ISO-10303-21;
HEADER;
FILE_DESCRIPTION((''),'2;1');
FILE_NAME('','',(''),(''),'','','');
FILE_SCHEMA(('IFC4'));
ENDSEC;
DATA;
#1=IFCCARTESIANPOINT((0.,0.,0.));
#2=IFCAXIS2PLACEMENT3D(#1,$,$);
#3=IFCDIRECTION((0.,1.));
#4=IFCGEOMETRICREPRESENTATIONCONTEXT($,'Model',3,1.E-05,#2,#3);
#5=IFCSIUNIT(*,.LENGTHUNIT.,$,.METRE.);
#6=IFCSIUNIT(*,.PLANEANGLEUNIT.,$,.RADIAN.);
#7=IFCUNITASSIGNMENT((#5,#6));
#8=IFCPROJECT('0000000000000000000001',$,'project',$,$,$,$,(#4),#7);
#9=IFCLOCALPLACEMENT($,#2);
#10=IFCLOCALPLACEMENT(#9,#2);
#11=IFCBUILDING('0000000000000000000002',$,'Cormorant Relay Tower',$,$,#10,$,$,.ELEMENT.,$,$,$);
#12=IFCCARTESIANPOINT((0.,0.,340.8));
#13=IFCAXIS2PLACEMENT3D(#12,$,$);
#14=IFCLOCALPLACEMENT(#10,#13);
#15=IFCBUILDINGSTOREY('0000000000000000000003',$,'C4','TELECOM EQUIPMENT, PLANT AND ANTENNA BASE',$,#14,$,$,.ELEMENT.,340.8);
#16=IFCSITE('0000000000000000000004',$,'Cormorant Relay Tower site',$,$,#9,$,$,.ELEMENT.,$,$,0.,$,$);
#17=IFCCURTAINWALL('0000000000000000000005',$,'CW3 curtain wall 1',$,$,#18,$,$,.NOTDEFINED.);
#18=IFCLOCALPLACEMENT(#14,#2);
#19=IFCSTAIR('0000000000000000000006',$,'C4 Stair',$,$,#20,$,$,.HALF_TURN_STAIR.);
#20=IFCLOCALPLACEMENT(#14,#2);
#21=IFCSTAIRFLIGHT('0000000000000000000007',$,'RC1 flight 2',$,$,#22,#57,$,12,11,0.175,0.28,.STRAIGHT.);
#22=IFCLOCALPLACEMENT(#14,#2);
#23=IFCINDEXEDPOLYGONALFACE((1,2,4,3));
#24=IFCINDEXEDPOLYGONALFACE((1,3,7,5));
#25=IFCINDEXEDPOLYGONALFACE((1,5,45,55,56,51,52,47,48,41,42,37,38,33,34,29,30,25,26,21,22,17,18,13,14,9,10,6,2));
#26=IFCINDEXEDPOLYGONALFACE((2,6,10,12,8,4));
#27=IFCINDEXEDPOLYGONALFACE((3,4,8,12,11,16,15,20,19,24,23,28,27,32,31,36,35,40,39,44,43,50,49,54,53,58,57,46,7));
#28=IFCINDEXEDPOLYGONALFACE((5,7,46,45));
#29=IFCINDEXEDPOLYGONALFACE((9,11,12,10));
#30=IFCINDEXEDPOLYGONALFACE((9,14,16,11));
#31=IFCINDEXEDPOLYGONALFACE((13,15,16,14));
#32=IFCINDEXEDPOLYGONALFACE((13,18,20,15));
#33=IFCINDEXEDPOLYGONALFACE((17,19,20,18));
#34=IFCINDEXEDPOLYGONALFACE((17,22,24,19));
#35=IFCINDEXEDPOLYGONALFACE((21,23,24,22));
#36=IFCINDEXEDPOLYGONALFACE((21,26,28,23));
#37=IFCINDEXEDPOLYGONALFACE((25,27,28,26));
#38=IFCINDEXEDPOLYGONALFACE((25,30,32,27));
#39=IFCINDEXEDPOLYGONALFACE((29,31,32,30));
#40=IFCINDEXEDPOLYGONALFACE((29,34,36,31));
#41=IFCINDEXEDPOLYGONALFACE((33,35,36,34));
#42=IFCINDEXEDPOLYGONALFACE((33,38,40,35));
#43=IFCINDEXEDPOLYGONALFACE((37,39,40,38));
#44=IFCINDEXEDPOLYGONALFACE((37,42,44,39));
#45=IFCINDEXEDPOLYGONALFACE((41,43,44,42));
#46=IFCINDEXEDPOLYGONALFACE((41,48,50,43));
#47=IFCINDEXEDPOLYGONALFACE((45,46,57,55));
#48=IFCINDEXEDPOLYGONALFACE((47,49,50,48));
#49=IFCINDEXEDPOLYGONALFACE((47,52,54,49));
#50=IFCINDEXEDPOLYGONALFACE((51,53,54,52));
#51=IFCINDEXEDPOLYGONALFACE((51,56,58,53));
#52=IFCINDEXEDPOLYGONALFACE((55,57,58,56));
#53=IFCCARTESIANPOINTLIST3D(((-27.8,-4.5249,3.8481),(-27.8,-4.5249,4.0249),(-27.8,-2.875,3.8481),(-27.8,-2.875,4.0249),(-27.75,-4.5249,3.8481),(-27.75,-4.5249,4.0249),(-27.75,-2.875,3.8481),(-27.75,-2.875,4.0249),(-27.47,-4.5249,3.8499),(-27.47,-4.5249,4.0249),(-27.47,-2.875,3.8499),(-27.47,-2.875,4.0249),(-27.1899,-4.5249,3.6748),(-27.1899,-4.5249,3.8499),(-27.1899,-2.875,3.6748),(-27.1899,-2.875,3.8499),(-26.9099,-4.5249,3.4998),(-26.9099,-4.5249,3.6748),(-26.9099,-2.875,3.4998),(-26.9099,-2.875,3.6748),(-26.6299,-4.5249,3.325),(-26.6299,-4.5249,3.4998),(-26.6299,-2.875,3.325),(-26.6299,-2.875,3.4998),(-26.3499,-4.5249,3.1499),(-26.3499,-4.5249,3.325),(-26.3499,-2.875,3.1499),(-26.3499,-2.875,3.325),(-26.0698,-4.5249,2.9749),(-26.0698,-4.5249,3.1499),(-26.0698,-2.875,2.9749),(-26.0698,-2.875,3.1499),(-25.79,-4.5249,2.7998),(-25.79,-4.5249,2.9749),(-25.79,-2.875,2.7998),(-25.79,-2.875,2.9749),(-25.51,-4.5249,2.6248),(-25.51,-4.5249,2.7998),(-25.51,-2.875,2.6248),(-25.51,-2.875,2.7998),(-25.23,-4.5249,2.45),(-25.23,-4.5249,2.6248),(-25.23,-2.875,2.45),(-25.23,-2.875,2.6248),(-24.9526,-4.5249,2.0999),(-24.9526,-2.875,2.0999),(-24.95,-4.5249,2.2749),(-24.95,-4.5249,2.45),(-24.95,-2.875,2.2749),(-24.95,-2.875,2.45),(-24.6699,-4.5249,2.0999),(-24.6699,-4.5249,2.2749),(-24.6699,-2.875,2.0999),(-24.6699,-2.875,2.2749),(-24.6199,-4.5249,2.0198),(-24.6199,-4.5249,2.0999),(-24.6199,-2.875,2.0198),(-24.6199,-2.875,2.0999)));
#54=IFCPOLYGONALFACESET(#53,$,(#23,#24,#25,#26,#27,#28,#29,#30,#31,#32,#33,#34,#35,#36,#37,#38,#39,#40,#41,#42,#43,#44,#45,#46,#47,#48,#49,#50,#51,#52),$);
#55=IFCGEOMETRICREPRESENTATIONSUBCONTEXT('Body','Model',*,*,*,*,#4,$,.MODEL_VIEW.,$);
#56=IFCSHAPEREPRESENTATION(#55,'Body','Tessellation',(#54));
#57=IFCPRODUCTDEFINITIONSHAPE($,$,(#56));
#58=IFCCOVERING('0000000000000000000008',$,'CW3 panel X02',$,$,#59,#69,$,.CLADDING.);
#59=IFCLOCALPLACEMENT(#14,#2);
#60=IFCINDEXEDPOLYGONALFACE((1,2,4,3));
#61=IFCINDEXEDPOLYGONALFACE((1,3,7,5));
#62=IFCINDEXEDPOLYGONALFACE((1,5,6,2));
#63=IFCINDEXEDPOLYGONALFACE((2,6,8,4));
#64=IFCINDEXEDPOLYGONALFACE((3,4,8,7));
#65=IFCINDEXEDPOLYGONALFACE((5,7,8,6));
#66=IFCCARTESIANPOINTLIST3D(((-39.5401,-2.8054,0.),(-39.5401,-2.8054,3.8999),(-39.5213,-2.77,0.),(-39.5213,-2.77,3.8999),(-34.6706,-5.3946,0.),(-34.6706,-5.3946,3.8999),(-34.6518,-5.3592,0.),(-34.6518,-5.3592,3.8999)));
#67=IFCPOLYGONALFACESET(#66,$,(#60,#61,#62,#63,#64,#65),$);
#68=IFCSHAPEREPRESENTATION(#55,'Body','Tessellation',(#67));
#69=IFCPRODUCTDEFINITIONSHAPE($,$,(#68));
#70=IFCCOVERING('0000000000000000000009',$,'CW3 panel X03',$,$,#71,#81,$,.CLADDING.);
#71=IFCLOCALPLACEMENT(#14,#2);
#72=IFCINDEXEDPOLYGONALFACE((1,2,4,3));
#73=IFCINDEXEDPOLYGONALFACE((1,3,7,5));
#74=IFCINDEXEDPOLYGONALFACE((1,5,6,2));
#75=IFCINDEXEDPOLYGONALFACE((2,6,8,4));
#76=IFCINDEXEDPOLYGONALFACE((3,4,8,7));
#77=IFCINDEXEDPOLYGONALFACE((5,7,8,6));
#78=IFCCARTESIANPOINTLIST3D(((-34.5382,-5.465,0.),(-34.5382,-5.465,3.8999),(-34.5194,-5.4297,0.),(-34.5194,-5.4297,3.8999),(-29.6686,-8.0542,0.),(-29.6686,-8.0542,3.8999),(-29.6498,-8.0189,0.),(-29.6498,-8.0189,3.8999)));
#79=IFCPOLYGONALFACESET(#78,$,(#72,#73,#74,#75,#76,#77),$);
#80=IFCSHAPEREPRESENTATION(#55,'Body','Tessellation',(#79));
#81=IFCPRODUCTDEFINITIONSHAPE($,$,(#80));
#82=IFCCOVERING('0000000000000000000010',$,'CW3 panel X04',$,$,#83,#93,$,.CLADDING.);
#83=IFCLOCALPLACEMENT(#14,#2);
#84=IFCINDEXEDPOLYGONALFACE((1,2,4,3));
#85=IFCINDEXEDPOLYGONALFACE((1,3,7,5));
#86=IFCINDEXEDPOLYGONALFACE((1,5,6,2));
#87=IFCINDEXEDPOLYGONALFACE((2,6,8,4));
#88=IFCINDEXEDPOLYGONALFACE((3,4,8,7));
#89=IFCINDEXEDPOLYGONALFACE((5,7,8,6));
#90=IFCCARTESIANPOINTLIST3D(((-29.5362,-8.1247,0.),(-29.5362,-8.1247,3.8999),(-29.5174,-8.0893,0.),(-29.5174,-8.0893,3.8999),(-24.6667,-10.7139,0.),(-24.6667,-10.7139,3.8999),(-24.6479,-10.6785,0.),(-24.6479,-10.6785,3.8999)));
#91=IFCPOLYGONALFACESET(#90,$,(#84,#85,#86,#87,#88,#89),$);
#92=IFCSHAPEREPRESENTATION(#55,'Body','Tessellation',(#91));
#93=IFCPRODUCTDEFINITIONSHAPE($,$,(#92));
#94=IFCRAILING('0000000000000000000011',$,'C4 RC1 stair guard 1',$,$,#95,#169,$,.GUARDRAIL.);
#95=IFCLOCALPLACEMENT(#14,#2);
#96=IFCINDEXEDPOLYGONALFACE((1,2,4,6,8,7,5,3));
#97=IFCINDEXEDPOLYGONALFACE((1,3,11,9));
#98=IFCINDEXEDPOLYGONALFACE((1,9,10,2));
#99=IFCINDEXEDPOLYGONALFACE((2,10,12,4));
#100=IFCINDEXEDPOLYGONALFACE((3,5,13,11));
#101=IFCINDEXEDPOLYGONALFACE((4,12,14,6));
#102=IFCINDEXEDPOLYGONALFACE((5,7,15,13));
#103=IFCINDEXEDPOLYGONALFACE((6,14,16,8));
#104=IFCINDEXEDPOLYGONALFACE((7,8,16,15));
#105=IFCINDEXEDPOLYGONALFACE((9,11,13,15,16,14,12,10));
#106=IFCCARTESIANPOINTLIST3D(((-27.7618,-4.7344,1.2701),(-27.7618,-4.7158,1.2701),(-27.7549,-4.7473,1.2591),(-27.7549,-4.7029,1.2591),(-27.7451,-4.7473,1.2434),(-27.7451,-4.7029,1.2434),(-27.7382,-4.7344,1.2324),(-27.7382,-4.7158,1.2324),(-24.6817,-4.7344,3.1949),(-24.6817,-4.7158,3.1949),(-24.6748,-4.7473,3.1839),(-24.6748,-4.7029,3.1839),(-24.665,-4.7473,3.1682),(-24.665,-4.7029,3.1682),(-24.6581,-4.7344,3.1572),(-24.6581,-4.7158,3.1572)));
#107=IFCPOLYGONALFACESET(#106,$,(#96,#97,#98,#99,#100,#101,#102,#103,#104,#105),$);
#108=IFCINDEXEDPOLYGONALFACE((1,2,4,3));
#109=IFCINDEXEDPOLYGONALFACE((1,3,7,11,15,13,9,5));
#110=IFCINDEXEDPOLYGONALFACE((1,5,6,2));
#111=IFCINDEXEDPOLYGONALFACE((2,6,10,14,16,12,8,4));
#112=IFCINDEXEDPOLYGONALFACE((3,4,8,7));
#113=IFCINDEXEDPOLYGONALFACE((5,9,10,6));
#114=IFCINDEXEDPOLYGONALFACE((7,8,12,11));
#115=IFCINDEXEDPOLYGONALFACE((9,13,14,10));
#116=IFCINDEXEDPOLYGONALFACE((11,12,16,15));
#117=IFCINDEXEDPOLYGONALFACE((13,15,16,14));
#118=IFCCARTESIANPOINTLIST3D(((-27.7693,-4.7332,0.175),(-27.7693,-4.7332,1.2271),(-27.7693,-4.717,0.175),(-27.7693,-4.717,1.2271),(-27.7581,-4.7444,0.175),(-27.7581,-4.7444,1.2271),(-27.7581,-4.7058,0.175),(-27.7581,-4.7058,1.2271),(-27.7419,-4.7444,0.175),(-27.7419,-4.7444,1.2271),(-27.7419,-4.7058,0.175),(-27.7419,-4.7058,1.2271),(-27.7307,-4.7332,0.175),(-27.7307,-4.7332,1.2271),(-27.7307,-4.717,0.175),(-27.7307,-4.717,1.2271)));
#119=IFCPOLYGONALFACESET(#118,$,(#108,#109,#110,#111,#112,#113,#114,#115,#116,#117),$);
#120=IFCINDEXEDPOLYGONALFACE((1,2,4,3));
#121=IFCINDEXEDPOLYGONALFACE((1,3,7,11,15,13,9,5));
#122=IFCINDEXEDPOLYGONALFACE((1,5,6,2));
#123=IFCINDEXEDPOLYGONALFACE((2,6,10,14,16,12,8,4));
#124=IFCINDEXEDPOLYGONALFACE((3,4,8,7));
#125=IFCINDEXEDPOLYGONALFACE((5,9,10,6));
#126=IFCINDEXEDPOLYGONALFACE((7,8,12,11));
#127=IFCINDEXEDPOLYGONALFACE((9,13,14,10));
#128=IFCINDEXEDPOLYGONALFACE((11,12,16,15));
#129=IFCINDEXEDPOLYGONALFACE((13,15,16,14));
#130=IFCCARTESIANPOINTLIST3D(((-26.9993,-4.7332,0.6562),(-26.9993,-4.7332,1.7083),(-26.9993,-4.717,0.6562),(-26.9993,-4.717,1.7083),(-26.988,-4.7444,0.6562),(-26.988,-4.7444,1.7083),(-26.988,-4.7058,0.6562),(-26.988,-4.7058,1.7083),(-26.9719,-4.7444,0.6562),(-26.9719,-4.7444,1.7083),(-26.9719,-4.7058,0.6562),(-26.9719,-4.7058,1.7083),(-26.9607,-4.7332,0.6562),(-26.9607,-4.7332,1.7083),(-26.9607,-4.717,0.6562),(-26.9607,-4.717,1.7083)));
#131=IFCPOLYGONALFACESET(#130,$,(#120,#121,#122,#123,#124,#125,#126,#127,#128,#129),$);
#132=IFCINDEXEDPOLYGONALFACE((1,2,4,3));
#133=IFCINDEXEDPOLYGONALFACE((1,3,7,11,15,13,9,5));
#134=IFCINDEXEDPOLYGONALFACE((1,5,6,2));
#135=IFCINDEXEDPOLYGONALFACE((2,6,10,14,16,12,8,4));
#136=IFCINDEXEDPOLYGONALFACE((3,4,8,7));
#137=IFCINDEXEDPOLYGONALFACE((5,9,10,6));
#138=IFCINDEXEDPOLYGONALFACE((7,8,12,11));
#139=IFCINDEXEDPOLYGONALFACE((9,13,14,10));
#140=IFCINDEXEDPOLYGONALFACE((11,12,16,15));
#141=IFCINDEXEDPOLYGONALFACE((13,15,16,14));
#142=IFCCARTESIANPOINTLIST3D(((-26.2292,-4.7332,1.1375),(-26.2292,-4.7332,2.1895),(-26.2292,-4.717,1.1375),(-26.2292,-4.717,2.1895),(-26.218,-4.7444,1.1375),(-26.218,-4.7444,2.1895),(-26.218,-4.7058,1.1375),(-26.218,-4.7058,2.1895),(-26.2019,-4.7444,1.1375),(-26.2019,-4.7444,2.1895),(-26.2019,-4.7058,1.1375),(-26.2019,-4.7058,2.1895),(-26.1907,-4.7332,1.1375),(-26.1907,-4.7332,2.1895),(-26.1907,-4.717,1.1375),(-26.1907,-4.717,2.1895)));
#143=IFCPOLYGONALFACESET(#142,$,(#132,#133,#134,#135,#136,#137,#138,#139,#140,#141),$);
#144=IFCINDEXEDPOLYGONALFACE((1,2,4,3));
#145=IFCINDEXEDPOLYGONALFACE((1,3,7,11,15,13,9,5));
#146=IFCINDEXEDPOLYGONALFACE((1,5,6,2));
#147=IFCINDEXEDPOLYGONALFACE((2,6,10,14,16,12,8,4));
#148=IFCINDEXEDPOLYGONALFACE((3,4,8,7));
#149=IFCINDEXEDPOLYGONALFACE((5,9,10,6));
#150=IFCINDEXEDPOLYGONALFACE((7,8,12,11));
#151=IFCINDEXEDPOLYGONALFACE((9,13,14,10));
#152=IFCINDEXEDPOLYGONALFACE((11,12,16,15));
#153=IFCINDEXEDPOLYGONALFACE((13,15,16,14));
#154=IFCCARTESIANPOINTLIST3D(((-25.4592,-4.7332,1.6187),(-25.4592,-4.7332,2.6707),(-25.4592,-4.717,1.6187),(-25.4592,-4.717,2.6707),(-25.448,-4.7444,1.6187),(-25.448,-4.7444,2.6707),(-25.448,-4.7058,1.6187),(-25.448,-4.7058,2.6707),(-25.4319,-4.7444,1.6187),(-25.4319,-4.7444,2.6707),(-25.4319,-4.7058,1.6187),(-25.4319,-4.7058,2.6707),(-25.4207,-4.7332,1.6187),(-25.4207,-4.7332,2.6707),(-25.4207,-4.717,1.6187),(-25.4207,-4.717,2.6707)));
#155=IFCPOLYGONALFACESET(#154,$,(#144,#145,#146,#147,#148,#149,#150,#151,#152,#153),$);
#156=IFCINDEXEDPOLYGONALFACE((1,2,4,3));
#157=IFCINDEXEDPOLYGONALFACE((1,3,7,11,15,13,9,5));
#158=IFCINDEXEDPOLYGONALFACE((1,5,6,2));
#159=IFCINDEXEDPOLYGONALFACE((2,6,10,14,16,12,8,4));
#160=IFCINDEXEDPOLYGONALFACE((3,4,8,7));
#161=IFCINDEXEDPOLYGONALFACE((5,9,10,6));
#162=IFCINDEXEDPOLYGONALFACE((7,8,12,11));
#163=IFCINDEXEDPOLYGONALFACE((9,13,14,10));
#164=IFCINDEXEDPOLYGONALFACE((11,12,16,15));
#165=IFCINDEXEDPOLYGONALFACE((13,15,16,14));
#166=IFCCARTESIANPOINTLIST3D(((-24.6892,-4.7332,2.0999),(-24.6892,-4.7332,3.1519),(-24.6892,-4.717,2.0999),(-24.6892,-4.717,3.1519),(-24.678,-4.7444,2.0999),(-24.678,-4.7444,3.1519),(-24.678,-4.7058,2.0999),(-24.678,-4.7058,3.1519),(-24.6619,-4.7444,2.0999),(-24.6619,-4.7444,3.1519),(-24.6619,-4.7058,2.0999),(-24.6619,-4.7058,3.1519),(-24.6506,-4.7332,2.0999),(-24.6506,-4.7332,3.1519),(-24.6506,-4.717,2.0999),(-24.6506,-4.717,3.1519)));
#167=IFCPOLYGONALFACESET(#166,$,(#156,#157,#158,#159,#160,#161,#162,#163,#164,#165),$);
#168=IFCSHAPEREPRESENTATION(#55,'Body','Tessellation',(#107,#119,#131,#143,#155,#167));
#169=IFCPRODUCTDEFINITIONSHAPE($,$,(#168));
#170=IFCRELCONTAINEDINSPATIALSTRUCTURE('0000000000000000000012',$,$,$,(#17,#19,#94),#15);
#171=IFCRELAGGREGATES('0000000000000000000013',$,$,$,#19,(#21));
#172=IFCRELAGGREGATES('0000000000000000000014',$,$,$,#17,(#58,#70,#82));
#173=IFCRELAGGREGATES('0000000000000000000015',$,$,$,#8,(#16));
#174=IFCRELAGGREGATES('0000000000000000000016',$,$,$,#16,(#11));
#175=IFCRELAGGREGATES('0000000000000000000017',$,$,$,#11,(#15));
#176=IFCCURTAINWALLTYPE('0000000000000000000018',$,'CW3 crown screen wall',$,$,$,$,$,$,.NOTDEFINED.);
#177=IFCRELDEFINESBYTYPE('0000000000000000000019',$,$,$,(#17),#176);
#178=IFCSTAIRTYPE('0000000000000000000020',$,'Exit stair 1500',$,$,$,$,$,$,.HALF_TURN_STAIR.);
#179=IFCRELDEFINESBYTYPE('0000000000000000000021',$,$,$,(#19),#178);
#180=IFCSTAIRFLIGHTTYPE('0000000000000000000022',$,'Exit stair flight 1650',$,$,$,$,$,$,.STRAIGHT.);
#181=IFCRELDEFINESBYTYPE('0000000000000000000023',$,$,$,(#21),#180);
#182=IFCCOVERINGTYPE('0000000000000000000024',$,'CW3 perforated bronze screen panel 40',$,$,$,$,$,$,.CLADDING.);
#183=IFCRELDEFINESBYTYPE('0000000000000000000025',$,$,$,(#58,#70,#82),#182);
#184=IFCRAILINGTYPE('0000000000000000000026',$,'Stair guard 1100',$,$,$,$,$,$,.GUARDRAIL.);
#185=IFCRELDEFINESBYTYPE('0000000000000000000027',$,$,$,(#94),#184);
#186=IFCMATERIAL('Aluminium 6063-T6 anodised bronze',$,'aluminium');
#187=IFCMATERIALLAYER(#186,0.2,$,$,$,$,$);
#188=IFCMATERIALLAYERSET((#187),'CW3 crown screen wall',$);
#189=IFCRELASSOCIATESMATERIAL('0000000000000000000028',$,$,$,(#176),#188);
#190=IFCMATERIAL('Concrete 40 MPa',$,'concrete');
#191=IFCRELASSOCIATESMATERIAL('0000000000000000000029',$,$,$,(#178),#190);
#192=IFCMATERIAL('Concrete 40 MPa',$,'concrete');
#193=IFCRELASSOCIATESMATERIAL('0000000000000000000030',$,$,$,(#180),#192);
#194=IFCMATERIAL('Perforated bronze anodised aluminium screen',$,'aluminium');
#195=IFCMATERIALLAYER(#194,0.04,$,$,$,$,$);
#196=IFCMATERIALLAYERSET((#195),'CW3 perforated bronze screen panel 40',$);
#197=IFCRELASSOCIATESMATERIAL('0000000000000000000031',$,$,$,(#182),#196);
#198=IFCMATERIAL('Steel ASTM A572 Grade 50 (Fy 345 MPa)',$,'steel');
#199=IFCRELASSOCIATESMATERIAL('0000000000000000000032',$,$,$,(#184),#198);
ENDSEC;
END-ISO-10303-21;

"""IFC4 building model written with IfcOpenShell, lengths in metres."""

from ifc_helpers import new_model, si_unit, direction, frame, origin, origin_2d, place, context, subcontext, project, spatial, polyline, rectangle, outline, extrude, material, layer, layer_set, type_object, element, aggregate, save


model = new_model("IFC4")

# Units and contexts
model_context = context("Model", 3, precision=1e-05, world=origin(), true_north=direction((0.0, 1.0)))
body_context = subcontext(model_context, "Body", "Model", "MODEL_VIEW")
ifc_project = project(units=[si_unit("LENGTHUNIT", "METRE"), si_unit("PLANEANGLEUNIT", "RADIAN")], contexts=[model_context])

# Site, building, storey
site_placement = place(None, origin())
site = spatial("IfcSite", under=ifc_project, at=site_placement, Name="Cormorant Relay Tower site", CompositionType="ELEMENT", RefElevation=0.0)
building_placement = place(site_placement, origin())
building = spatial("IfcBuilding", under=site, at=building_placement, Name="Cormorant Relay Tower", CompositionType="ELEMENT")
storey_placement = place(building_placement, frame((0.0, 0.0, 340.8)))
storey = spatial("IfcBuildingStorey", under=building, at=storey_placement, Name="C4", Description="TELECOM EQUIPMENT, PLANT AND ANTENNA BASE", CompositionType="ELEMENT", Elevation=340.8)

# Curtain wall
ifc_material_1 = material(Name="Aluminium 6063-T6 anodised bronze", Category="aluminium")
ifc_layer_1 = layer(ifc_material_1, 0.2)
ifc_layer_set_1 = layer_set([ifc_layer_1], Name="CW3 crown screen wall")
curtain_wall_type = type_object("IfcCurtainWallType", Name="CW3 crown screen wall", PredefinedType="NOTDEFINED", material=ifc_layer_set_1)
curtain_wall_placement = place(storey_placement, origin())
curtain_wall = element("IfcCurtainWall", 1, at=curtain_wall_placement, inside=storey, type_object=curtain_wall_type, Name="CW3 curtain wall 1", PredefinedType="NOTDEFINED")

# Stair, stair flight
ifc_material_2 = material(Name="Concrete 40 MPa", Category="concrete")
stair_type = type_object("IfcStairType", Name="Exit stair 1500", PredefinedType="HALF_TURN_STAIR", material=ifc_material_2)
stair_placement = place(storey_placement, origin())
stair = element("IfcStair", 2, at=stair_placement, inside=storey, type_object=stair_type, Name="C4 Stair", PredefinedType="HALF_TURN_STAIR")
ifc_material_3 = material(Name="Concrete 40 MPa", Category="concrete")
stair_flight_type = type_object("IfcStairFlightType", Name="Exit stair flight 1650", PredefinedType="STRAIGHT", material=ifc_material_3)
stair_flight_1_placement = place(storey_placement, frame((-24.6699, -3.7, 2.0999), z_axis=(0.0, 0.0, 1.0), x_axis=(-1.0, 0.0, 0.0)))
stair_flight_1 = element("IfcStairFlight", 3, at=stair_flight_1_placement, type_object=stair_flight_type, Name="RC1 flight 2", NumberOfRisers=12, NumberOfTreads=11, PredefinedType="STRAIGHT", RiserHeight=0.175, TreadLength=0.28, context=body_context, shape_type="SweptSolid", body=[
    extrude(outline(polyline([(-0.05, -0.0801), (-0.05, 0.0), (0.0, 0.0), (0.0, 0.175), (0.28, 0.175), (0.28, 0.3501), (0.5601, 0.3501), (0.5601, 0.5249), (0.8401, 0.5249), (0.8401, 0.7), (1.1201, 0.7), (1.1201, 0.875), (1.3999, 0.875), (1.3999, 1.05), (1.6799, 1.05), (1.6799, 1.2251), (1.96, 1.2251), (1.96, 1.3999), (2.24, 1.3999), (2.24, 1.575), (2.52, 1.575), (2.52, 1.75), (2.8, 1.75), (2.8, 1.925), (3.0801, 1.925), (3.1301, 1.925), (3.1301, 1.7483), (3.0801, 1.7483), (0.2827, 0.0), (-0.05, -0.0801)])), frame((0.0, 0.825, 0.0), z_axis=(0.0, -1.0, 0.0), x_axis=(1.0, 0.0, 0.0)), (0.0, 0.0, 1.0), 1.6499),
])
aggregate(stair, [stair_flight_1])

# Coverings
ifc_material_4 = material(Name="Perforated bronze anodised aluminium screen", Category="aluminium")
ifc_layer_2 = layer(ifc_material_4, 0.04)
ifc_layer_set_2 = layer_set([ifc_layer_2], Name="CW3 perforated bronze screen panel 40")
covering_type = type_object("IfcCoveringType", Name="CW3 perforated bronze screen panel 40", PredefinedType="CLADDING", material=ifc_layer_set_2)
covering_1_placement = place(storey_placement, frame((-37.0959, -4.0823, 0.0), z_axis=(0.0, 0.0, 1.0), x_axis=(0.882948, -0.469472, 0.0)))
covering_1 = element("IfcCovering", 4, at=covering_1_placement, type_object=covering_type, Name="CW3 panel X02", PredefinedType="CLADDING", context=body_context, shape_type="SweptSolid", body=[
    extrude(rectangle(XDim=5.5151, YDim=0.04, at=origin_2d()), origin(), (0.0, 0.0, 1.0), 3.8999),
])
covering_2_placement = place(storey_placement, frame((-32.094, -6.7419, 0.0), z_axis=(0.0, 0.0, 1.0), x_axis=(0.882948, -0.469472, 0.0)))
covering_2 = element("IfcCovering", 5, at=covering_2_placement, type_object=covering_type, Name="CW3 panel X03", PredefinedType="CLADDING", context=body_context, shape_type="SweptSolid", body=[
    extrude(rectangle(XDim=5.5151, YDim=0.04, at=origin_2d()), origin(), (0.0, 0.0, 1.0), 3.8999),
])
covering_3_placement = place(storey_placement, frame((-27.092, -9.4016, 0.0), z_axis=(0.0, 0.0, 1.0), x_axis=(0.882948, -0.469472, 0.0)))
covering_3 = element("IfcCovering", 6, at=covering_3_placement, type_object=covering_type, Name="CW3 panel X04", PredefinedType="CLADDING", context=body_context, shape_type="SweptSolid", body=[
    extrude(rectangle(XDim=5.5151, YDim=0.04, at=origin_2d()), origin(), (0.0, 0.0, 1.0), 3.8999),
])
aggregate(curtain_wall, [covering_1, covering_2, covering_3])

# Railing
ifc_material_5 = material(Name="Steel ASTM A572 Grade 50 (Fy 345 MPa)", Category="steel")
railing_type_1 = type_object("IfcRailingType", Name="Stair guard 1100", PredefinedType="GUARDRAIL", material=ifc_material_5)
railing_1_placement = place(storey_placement, frame((-27.75, -4.7251, 0.175)))
element("IfcRailing", 7, at=railing_1_placement, inside=storey, type_object=railing_type_1, Name="C4 RC1 stair guard 1", PredefinedType="GUARDRAIL", context=body_context, shape_type="SweptSolid", body=[
    extrude(outline(polyline([(0.0222, 0.0093), (0.0093, 0.0222), (-0.0093, 0.0222), (-0.0222, 0.0093), (-0.0222, -0.0093), (-0.0093, -0.0222), (0.0093, -0.0222), (0.0222, -0.0093), (0.0222, 0.0093)])), frame((0.0, 0.0, 1.0762), z_axis=(0.848029, 0.0, 0.529951), x_axis=(0.0, 1.0, 0.0)), (0.0, 0.0, 1.0), 3.6321),
    extrude(outline(polyline([(0.0193, 0.0081), (0.0081, 0.0193), (-0.0081, 0.0193), (-0.0193, 0.0081), (-0.0193, -0.0081), (-0.0081, -0.0193), (0.0081, -0.0193), (0.0193, -0.0081), (0.0193, 0.0081)])), origin(), (0.0, 0.0, 1.0), 1.052),
    extrude(outline(polyline([(0.0193, 0.0081), (0.0081, 0.0193), (-0.0081, 0.0193), (-0.0193, 0.0081), (-0.0193, -0.0081), (-0.0081, -0.0193), (0.0081, -0.0193), (0.0193, -0.0081), (0.0193, 0.0081)])), frame((0.77, 0.0, 0.4812)), (0.0, 0.0, 1.0), 1.052),
    extrude(outline(polyline([(0.0193, 0.0081), (0.0081, 0.0193), (-0.0081, 0.0193), (-0.0193, 0.0081), (-0.0193, -0.0081), (-0.0081, -0.0193), (0.0081, -0.0193), (0.0193, -0.0081), (0.0193, 0.0081)])), frame((1.54, 0.0, 0.9624)), (0.0, 0.0, 1.0), 1.052),
    extrude(outline(polyline([(0.0193, 0.0081), (0.0081, 0.0193), (-0.0081, 0.0193), (-0.0193, 0.0081), (-0.0193, -0.0081), (-0.0081, -0.0193), (0.0081, -0.0193), (0.0193, -0.0081), (0.0193, 0.0081)])), frame((2.3101, 0.0, 1.4436)), (0.0, 0.0, 1.0), 1.052),
    extrude(outline(polyline([(0.0193, 0.0081), (0.0081, 0.0193), (-0.0081, 0.0193), (-0.0193, 0.0081), (-0.0193, -0.0081), (-0.0081, -0.0193), (0.0081, -0.0193), (0.0193, -0.0081), (0.0193, 0.0081)])), frame((3.0801, 0.0, 1.9248)), (0.0, 0.0, 1.0), 1.052),
])

save(model, "model.ifc")
